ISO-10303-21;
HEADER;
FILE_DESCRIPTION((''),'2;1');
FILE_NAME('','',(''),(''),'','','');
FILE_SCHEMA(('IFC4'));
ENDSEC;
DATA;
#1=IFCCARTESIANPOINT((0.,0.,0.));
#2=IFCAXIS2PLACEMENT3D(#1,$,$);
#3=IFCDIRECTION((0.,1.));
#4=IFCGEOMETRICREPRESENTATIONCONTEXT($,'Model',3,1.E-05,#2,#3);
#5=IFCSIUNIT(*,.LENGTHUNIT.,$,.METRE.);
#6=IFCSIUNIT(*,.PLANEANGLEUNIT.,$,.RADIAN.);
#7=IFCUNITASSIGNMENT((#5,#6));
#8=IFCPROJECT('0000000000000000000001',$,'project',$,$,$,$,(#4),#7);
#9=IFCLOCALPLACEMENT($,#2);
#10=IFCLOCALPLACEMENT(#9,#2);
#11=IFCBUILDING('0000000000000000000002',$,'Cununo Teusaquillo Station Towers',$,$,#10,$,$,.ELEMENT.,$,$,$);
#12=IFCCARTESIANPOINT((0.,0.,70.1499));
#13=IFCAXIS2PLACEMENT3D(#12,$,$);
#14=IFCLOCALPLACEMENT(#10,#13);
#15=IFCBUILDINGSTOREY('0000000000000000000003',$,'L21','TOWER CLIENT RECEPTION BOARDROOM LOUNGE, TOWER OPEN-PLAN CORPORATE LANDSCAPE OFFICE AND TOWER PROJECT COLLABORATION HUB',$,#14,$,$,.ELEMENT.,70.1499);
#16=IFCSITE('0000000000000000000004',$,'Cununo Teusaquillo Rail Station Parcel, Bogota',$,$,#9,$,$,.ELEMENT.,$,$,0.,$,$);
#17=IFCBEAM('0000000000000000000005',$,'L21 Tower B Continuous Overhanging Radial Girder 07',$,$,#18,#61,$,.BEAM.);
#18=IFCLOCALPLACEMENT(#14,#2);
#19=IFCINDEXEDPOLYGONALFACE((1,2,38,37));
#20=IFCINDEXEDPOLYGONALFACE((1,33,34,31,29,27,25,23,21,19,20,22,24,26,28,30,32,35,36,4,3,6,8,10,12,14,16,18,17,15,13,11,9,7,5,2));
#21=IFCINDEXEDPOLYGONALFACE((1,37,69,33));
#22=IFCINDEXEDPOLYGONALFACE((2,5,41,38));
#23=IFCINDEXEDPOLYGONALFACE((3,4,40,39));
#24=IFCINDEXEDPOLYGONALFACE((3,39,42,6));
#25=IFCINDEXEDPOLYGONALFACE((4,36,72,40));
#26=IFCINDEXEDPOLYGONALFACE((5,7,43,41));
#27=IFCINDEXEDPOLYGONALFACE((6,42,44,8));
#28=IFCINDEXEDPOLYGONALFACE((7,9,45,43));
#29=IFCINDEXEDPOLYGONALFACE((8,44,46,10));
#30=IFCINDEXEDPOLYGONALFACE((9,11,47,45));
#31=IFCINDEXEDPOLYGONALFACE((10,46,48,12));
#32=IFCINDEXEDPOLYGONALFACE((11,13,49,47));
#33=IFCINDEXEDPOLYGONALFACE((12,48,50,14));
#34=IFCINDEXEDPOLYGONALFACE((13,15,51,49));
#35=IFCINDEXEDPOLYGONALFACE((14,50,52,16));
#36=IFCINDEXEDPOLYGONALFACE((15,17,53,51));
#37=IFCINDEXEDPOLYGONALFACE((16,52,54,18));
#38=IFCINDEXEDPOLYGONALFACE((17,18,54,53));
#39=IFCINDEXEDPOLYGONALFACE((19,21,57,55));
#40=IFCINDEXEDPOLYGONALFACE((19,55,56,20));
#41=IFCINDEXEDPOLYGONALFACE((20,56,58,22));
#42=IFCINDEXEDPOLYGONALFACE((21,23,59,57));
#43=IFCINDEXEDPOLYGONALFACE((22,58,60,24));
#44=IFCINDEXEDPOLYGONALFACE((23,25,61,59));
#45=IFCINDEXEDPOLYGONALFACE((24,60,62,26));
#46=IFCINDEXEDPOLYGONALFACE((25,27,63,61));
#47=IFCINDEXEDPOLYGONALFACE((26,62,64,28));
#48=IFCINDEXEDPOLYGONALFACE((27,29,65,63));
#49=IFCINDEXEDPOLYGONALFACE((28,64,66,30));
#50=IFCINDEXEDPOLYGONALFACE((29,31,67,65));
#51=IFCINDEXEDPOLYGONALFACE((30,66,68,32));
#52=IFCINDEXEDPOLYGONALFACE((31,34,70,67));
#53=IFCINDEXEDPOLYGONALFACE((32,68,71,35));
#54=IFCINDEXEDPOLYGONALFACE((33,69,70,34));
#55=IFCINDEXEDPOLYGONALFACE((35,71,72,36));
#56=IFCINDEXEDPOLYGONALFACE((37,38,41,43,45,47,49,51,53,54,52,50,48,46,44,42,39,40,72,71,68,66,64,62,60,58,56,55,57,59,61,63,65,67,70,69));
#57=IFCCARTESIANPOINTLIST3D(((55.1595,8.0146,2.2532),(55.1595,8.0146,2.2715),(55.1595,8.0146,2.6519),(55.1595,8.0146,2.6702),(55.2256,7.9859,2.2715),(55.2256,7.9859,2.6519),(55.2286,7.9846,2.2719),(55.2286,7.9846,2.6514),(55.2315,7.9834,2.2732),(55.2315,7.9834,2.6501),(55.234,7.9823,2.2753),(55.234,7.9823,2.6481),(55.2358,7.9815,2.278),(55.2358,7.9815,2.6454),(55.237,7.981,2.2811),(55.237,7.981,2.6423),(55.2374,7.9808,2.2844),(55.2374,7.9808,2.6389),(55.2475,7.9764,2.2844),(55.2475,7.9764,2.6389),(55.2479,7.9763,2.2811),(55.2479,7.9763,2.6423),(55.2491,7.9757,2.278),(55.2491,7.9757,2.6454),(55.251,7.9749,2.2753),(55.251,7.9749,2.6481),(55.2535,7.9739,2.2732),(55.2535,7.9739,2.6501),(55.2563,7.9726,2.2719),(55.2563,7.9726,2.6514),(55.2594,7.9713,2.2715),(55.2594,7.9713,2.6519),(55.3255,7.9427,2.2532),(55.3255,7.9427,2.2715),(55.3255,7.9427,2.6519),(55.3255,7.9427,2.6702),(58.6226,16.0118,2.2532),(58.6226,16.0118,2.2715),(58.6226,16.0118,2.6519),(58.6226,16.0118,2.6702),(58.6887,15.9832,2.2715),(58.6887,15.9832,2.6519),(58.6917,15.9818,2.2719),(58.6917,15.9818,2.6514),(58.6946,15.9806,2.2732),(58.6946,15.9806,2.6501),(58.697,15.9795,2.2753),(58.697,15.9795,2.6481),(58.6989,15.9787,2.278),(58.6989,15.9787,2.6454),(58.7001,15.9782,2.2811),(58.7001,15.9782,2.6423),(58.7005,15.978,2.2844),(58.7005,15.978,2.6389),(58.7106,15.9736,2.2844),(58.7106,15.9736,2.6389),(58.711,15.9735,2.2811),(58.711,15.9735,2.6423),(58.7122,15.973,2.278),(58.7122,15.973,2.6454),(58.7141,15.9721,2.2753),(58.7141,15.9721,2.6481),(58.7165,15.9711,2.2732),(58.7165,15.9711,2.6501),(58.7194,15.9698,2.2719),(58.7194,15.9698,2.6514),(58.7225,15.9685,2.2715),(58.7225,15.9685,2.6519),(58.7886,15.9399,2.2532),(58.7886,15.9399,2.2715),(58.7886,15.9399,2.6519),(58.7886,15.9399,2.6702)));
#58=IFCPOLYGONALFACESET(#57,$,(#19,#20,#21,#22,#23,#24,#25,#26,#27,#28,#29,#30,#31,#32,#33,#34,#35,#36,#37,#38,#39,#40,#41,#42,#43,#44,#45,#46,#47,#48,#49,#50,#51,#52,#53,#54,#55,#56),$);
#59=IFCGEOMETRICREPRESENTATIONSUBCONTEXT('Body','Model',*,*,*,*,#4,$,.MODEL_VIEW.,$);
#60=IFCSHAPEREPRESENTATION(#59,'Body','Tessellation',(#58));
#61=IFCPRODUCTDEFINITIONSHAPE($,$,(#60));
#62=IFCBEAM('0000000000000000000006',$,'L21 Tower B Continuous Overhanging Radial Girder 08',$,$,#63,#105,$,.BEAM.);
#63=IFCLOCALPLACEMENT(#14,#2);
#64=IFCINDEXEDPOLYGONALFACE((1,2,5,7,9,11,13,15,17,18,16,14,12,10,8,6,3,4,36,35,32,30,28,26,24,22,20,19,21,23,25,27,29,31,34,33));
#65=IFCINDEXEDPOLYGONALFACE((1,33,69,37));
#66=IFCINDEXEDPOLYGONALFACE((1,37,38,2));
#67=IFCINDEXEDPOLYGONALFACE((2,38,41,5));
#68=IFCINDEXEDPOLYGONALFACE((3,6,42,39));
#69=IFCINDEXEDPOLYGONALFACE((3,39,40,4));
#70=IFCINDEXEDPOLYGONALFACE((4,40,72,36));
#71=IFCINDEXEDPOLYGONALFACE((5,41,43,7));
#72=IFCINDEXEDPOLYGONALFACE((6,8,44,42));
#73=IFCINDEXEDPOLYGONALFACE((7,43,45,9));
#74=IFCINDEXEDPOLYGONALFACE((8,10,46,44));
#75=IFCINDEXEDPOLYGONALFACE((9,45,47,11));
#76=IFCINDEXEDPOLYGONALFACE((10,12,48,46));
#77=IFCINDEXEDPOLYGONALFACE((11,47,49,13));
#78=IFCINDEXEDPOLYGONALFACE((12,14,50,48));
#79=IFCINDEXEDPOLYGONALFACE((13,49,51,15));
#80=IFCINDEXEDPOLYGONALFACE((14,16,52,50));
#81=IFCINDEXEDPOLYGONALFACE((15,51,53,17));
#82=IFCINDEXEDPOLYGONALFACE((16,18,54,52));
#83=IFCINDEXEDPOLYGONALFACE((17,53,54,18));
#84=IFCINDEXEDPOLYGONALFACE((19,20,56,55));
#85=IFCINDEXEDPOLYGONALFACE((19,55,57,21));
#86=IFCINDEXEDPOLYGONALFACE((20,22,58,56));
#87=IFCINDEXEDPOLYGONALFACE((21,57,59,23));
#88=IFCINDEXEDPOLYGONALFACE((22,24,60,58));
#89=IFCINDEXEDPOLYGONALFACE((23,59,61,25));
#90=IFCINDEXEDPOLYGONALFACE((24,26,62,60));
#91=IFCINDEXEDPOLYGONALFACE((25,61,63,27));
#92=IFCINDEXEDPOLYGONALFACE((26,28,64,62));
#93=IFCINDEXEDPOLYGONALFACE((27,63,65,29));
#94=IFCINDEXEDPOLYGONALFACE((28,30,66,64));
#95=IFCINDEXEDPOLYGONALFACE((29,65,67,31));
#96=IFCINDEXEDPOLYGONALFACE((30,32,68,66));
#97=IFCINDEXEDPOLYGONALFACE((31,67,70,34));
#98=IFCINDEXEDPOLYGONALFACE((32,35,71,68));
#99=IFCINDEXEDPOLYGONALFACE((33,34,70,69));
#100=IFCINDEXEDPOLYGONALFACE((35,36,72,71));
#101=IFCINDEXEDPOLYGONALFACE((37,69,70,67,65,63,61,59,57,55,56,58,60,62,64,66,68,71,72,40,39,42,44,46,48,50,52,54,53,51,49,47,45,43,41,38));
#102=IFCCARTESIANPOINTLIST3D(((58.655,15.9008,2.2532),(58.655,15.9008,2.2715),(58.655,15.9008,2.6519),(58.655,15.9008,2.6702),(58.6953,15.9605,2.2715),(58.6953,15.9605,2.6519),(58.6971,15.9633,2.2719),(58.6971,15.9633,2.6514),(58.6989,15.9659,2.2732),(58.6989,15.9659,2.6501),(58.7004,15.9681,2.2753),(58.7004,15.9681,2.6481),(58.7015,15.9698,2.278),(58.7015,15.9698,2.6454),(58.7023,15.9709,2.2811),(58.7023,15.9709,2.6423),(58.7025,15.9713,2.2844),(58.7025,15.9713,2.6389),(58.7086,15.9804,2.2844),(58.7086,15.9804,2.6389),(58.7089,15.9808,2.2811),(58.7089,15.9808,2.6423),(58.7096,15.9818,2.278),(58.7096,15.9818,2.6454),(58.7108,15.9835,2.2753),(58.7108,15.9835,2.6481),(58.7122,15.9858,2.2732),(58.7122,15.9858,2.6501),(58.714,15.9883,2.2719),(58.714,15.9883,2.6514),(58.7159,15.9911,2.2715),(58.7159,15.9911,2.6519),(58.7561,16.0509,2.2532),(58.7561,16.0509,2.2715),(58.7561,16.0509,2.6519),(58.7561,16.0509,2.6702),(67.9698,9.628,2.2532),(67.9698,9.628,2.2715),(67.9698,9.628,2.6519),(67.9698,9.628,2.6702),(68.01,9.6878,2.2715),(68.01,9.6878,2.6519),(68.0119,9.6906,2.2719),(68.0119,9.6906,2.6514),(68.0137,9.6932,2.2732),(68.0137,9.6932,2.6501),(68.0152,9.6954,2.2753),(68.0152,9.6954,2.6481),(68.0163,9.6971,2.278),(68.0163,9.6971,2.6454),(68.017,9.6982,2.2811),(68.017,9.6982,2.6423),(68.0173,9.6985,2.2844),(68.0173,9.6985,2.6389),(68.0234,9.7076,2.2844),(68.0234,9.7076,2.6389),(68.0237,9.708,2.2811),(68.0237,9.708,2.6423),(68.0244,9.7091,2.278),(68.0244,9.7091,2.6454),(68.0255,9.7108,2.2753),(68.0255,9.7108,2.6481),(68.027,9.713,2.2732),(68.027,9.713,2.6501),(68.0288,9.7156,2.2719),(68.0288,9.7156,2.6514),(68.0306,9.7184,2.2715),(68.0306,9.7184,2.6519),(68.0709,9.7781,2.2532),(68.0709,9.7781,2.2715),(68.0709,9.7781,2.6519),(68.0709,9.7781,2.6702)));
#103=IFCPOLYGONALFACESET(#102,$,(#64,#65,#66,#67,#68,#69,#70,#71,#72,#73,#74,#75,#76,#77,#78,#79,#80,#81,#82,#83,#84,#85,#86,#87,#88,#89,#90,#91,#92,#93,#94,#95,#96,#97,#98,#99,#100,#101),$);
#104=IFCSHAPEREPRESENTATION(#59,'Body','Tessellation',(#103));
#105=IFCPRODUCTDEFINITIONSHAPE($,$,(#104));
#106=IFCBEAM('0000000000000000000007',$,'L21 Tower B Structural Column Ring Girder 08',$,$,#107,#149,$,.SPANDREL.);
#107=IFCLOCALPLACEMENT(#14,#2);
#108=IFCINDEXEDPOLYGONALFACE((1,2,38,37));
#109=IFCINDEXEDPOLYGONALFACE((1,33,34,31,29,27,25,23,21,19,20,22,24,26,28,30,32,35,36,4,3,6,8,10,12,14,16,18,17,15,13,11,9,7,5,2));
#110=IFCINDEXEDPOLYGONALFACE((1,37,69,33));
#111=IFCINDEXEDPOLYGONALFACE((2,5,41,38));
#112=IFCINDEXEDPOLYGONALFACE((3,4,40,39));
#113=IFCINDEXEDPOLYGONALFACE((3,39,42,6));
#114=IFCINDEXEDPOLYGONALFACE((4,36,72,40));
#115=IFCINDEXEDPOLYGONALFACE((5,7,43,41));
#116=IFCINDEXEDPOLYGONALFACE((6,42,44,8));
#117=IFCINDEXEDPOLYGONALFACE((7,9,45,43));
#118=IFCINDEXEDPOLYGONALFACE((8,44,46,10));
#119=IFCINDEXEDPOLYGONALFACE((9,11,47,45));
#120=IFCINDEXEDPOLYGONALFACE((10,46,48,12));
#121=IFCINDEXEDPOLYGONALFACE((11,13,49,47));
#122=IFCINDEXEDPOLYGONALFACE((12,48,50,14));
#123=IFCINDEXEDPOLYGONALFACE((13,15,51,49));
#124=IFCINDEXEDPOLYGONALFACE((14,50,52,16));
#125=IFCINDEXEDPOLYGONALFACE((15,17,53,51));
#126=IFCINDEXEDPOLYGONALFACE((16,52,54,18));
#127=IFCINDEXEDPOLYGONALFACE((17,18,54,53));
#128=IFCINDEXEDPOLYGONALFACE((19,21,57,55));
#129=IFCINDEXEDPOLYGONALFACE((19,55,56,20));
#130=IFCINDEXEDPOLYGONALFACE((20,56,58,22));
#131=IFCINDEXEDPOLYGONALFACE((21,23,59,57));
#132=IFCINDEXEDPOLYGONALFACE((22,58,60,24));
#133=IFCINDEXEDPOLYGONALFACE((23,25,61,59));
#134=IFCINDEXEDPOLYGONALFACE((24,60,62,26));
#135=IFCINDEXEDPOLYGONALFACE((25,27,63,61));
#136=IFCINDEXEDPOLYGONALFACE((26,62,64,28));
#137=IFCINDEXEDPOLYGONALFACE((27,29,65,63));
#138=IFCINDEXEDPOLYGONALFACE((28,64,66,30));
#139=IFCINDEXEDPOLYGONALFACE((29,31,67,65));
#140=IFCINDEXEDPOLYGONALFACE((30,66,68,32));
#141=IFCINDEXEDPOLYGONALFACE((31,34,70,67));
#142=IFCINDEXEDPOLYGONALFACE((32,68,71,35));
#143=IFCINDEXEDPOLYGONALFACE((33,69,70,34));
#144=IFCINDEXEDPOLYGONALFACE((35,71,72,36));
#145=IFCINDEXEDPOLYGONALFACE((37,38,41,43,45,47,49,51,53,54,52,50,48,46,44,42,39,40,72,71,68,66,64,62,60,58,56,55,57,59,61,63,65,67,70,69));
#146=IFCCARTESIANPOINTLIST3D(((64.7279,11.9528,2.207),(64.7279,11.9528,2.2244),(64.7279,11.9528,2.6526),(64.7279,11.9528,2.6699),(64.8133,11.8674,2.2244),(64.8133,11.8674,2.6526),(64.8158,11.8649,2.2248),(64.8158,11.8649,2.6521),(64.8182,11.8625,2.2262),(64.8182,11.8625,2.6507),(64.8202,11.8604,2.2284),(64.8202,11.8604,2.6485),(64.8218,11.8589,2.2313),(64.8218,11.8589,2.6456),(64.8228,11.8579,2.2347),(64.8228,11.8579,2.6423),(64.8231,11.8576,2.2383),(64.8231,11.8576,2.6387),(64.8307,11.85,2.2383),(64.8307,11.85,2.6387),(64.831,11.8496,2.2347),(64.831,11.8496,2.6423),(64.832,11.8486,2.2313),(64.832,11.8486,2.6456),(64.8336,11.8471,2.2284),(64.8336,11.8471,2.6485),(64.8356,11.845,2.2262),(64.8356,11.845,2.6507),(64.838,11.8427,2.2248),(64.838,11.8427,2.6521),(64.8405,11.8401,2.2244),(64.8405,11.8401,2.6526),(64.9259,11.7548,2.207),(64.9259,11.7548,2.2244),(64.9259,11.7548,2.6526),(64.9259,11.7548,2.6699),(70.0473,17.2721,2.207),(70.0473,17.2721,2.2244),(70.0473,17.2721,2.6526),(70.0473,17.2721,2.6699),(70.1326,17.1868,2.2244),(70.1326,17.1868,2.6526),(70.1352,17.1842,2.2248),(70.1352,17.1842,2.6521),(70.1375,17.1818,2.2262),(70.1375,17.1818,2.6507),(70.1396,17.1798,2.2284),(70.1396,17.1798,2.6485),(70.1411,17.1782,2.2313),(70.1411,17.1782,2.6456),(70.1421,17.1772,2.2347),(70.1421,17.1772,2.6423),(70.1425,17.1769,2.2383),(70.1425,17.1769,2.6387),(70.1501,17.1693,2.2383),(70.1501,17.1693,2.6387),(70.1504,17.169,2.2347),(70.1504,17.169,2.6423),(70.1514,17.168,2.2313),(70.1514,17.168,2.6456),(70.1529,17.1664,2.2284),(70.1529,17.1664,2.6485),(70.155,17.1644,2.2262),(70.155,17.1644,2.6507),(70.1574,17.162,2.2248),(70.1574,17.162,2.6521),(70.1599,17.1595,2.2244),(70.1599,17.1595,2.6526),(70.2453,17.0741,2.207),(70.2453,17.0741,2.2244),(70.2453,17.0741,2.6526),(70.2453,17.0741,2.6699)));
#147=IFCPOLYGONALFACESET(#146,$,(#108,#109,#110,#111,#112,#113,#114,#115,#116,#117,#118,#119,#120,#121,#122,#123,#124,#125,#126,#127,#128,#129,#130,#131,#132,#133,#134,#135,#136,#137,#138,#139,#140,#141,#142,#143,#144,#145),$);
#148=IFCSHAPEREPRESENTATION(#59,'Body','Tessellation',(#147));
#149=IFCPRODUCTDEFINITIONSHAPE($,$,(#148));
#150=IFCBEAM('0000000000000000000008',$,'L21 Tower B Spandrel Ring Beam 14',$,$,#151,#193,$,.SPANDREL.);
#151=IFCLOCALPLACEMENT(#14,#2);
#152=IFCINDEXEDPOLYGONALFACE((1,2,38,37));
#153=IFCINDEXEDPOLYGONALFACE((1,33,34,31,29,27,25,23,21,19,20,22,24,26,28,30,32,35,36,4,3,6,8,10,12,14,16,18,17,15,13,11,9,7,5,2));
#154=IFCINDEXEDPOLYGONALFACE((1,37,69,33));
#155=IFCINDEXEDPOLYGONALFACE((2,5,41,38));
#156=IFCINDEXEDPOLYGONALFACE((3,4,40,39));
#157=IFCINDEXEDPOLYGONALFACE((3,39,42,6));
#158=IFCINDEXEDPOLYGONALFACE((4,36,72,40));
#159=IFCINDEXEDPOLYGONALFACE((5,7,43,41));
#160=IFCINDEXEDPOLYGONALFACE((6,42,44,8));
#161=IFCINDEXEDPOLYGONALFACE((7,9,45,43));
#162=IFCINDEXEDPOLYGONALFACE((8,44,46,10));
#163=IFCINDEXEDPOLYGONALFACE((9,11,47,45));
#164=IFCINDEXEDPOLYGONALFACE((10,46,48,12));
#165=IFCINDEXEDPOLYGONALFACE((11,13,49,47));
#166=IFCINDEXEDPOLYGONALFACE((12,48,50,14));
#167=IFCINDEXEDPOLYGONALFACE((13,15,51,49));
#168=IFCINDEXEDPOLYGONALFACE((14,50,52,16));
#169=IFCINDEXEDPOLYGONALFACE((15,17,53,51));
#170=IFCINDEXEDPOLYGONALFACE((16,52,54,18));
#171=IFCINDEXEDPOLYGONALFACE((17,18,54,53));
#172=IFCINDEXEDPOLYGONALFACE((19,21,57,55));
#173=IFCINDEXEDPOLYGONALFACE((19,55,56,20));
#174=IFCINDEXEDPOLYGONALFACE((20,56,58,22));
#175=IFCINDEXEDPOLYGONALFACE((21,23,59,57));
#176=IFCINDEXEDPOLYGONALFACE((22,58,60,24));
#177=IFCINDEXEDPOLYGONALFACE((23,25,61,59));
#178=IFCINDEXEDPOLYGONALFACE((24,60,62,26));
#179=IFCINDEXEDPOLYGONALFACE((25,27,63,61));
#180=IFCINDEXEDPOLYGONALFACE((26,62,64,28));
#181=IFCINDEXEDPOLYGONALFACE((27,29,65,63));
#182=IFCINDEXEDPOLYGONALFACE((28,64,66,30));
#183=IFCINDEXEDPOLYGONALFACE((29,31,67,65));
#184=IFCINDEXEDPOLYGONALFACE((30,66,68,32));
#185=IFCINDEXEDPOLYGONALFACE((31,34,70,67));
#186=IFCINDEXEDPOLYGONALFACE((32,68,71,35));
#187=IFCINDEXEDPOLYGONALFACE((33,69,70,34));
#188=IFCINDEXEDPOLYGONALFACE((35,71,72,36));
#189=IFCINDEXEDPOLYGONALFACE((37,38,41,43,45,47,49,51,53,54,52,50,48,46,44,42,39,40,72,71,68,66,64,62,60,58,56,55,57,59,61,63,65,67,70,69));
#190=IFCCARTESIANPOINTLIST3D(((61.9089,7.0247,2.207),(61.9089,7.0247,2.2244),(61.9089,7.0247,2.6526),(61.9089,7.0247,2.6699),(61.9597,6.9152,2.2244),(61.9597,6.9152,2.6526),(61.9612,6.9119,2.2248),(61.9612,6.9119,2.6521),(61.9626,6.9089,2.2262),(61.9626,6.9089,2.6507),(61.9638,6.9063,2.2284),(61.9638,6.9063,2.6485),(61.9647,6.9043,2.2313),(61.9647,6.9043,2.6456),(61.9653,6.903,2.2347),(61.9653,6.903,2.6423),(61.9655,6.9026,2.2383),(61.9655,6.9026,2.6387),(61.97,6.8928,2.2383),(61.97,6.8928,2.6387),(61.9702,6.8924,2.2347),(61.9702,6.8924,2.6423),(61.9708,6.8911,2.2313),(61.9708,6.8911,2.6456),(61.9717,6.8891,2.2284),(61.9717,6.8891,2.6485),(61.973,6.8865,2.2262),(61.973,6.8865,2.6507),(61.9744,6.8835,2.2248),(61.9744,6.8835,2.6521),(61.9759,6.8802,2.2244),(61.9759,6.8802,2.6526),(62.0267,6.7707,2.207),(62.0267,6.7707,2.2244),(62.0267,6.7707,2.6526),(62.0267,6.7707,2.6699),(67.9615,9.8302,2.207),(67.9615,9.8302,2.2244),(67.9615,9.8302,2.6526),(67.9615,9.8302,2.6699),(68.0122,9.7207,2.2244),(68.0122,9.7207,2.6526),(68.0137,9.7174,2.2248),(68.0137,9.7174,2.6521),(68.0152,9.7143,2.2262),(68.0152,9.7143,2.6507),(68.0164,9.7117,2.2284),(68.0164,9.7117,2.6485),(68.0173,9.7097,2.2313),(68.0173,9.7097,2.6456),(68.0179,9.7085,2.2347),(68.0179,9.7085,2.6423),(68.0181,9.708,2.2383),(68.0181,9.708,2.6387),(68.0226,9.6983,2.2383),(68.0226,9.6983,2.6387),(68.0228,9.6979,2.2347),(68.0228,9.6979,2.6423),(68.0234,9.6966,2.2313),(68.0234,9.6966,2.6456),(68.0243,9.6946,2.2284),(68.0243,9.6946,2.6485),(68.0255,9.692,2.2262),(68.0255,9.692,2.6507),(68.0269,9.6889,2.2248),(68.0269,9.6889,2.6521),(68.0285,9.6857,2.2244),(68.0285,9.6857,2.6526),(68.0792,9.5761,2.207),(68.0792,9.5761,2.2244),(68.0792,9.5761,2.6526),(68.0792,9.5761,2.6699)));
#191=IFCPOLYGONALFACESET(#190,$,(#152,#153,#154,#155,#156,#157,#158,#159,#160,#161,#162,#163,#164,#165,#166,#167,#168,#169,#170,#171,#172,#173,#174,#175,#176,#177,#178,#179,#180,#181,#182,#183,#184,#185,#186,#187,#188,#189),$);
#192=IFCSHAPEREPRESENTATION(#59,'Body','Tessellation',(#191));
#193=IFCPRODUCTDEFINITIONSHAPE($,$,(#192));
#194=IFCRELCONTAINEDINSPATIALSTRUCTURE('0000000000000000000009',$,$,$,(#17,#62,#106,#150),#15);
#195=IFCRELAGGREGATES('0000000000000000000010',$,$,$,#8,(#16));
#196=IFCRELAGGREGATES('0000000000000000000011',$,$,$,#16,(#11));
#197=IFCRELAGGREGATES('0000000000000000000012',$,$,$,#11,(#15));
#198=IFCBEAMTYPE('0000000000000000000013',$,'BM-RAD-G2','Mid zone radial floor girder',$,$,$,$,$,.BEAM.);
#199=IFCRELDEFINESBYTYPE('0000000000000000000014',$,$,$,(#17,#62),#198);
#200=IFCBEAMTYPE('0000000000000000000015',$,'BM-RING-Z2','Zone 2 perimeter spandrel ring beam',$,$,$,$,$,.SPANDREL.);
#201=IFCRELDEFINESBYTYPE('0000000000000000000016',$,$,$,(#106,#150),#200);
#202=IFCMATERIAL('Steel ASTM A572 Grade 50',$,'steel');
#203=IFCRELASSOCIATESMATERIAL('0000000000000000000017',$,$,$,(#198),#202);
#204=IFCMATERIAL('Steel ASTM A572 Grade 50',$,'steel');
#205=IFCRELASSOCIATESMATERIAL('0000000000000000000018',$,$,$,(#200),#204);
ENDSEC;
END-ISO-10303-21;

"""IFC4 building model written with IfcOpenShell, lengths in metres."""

from ifc_helpers import new_model, si_unit, direction, frame, origin, origin_2d, place, context, subcontext, project, spatial, i_section, extrude, material, material_profile, profile_set, type_object, element, save


model = new_model("IFC4")

# Units and contexts
model_context = context("Model", 3, precision=1e-05, world=origin(), true_north=direction((0.0, 1.0)))
body_context = subcontext(model_context, "Body", "Model", "MODEL_VIEW")
ifc_project = project(units=[si_unit("LENGTHUNIT", "METRE"), si_unit("PLANEANGLEUNIT", "RADIAN")], contexts=[model_context])

# Site, building, storey
site_placement = place(None, origin())
site = spatial("IfcSite", under=ifc_project, at=site_placement, Name="Cununo Teusaquillo Rail Station Parcel, Bogota", CompositionType="ELEMENT", RefElevation=0.0)
building_placement = place(site_placement, origin())
building = spatial("IfcBuilding", under=site, at=building_placement, Name="Cununo Teusaquillo Station Towers", CompositionType="ELEMENT")
storey_placement = place(building_placement, frame((0.0, 0.0, 70.1499)))
storey = spatial("IfcBuildingStorey", under=building, at=storey_placement, Name="L21", Description="TOWER CLIENT RECEPTION BOARDROOM LOUNGE, TOWER OPEN-PLAN CORPORATE LANDSCAPE OFFICE AND TOWER PROJECT COLLABORATION HUB", CompositionType="ELEMENT", Elevation=70.1499)

# Beams
ifc_material_1 = material(Name="Steel ASTM A572 Grade 50", Category="steel")
ifc_material_profile_1 = material_profile(ifc_material_1, i_section(OverallWidth=0.1809, OverallDepth=0.417, WebThickness=0.011, FlangeThickness=0.0183, FilletRadius=0.0129, at=origin_2d()), Name="W16X57")
ifc_profile_set_1 = profile_set([ifc_material_profile_1], Name="Steel ASTM A572 Grade 50")
beam_type_1 = type_object("IfcBeamType", Name="BM-RAD-G2", Description="Mid zone radial floor girder", PredefinedType="BEAM", material=ifc_profile_set_1)
beam_1_placement = place(storey_placement, frame((58.7056, 15.9758, 2.4617), z_axis=(-0.397379, -0.917655, 0.0), x_axis=(0.917655, -0.397379, 0.0)))
element("IfcBeam", 1, at=beam_1_placement, inside=storey, type_object=beam_type_1, Name="L21 Tower B Continuous Overhanging Radial Girder 07", PredefinedType="BEAM", context=body_context, shape_type="SweptSolid", body=[
    extrude(i_section(OverallWidth=0.1809, OverallDepth=0.417, WebThickness=0.011, FlangeThickness=0.0183, FilletRadius=0.0129, at=origin_2d()), origin(), (0.0, 0.0, 1.0), 8.7148),
])
beam_2_placement = place(storey_placement, frame((58.7056, 15.9758, 2.4617), z_axis=(0.829456, -0.558572, 0.0), x_axis=(0.558572, 0.829456, 0.0)))
element("IfcBeam", 2, at=beam_2_placement, inside=storey, type_object=beam_type_1, Name="L21 Tower B Continuous Overhanging Radial Girder 08", PredefinedType="BEAM", context=body_context, shape_type="SweptSolid", body=[
    extrude(i_section(OverallWidth=0.1809, OverallDepth=0.417, WebThickness=0.011, FlangeThickness=0.0183, FilletRadius=0.0129, at=origin_2d()), origin(), (0.0, 0.0, 1.0), 11.23),
])
ifc_material_2 = material(Name="Steel ASTM A572 Grade 50", Category="steel")
ifc_material_profile_2 = material_profile(ifc_material_2, i_section(OverallWidth=0.28, OverallDepth=0.4629, WebThickness=0.0107, FlangeThickness=0.0173, FilletRadius=0.0139, at=origin_2d()), Name="W18X76")
ifc_profile_set_2 = profile_set([ifc_material_profile_2], Name="Steel ASTM A572 Grade 50")
beam_type_2 = type_object("IfcBeamType", Name="BM-RING-Z2", Description="Zone 2 perimeter spandrel ring beam", PredefinedType="SPANDREL", material=ifc_profile_set_2)
beam_3_placement = place(storey_placement, frame((64.8269, 11.8538, 2.4385), z_axis=(0.707107, 0.707107, 0.0), x_axis=(-0.707107, 0.707107, 0.0)))
element("IfcBeam", 3, at=beam_3_placement, inside=storey, type_object=beam_type_2, Name="L21 Tower B Structural Column Ring Girder 08", PredefinedType="SPANDREL", context=body_context, shape_type="SweptSolid", body=[
    extrude(i_section(OverallWidth=0.28, OverallDepth=0.4629, WebThickness=0.0107, FlangeThickness=0.0173, FilletRadius=0.0139, at=origin_2d()), origin(), (0.0, 0.0, 1.0), 7.5227),
])
beam_4_placement = place(storey_placement, frame((61.9678, 6.8977, 2.4385), z_axis=(0.907276, 0.420536, 0.0), x_axis=(-0.420536, 0.907276, 0.0)))
element("IfcBeam", 4, at=beam_4_placement, inside=storey, type_object=beam_type_2, Name="L21 Tower B Spandrel Ring Beam 14", PredefinedType="SPANDREL", context=body_context, shape_type="SweptSolid", body=[
    extrude(i_section(OverallWidth=0.28, OverallDepth=0.4629, WebThickness=0.0107, FlangeThickness=0.0173, FilletRadius=0.0139, at=origin_2d()), origin(), (0.0, 0.0, 1.0), 6.6711),
])

save(model, "model.ifc")
